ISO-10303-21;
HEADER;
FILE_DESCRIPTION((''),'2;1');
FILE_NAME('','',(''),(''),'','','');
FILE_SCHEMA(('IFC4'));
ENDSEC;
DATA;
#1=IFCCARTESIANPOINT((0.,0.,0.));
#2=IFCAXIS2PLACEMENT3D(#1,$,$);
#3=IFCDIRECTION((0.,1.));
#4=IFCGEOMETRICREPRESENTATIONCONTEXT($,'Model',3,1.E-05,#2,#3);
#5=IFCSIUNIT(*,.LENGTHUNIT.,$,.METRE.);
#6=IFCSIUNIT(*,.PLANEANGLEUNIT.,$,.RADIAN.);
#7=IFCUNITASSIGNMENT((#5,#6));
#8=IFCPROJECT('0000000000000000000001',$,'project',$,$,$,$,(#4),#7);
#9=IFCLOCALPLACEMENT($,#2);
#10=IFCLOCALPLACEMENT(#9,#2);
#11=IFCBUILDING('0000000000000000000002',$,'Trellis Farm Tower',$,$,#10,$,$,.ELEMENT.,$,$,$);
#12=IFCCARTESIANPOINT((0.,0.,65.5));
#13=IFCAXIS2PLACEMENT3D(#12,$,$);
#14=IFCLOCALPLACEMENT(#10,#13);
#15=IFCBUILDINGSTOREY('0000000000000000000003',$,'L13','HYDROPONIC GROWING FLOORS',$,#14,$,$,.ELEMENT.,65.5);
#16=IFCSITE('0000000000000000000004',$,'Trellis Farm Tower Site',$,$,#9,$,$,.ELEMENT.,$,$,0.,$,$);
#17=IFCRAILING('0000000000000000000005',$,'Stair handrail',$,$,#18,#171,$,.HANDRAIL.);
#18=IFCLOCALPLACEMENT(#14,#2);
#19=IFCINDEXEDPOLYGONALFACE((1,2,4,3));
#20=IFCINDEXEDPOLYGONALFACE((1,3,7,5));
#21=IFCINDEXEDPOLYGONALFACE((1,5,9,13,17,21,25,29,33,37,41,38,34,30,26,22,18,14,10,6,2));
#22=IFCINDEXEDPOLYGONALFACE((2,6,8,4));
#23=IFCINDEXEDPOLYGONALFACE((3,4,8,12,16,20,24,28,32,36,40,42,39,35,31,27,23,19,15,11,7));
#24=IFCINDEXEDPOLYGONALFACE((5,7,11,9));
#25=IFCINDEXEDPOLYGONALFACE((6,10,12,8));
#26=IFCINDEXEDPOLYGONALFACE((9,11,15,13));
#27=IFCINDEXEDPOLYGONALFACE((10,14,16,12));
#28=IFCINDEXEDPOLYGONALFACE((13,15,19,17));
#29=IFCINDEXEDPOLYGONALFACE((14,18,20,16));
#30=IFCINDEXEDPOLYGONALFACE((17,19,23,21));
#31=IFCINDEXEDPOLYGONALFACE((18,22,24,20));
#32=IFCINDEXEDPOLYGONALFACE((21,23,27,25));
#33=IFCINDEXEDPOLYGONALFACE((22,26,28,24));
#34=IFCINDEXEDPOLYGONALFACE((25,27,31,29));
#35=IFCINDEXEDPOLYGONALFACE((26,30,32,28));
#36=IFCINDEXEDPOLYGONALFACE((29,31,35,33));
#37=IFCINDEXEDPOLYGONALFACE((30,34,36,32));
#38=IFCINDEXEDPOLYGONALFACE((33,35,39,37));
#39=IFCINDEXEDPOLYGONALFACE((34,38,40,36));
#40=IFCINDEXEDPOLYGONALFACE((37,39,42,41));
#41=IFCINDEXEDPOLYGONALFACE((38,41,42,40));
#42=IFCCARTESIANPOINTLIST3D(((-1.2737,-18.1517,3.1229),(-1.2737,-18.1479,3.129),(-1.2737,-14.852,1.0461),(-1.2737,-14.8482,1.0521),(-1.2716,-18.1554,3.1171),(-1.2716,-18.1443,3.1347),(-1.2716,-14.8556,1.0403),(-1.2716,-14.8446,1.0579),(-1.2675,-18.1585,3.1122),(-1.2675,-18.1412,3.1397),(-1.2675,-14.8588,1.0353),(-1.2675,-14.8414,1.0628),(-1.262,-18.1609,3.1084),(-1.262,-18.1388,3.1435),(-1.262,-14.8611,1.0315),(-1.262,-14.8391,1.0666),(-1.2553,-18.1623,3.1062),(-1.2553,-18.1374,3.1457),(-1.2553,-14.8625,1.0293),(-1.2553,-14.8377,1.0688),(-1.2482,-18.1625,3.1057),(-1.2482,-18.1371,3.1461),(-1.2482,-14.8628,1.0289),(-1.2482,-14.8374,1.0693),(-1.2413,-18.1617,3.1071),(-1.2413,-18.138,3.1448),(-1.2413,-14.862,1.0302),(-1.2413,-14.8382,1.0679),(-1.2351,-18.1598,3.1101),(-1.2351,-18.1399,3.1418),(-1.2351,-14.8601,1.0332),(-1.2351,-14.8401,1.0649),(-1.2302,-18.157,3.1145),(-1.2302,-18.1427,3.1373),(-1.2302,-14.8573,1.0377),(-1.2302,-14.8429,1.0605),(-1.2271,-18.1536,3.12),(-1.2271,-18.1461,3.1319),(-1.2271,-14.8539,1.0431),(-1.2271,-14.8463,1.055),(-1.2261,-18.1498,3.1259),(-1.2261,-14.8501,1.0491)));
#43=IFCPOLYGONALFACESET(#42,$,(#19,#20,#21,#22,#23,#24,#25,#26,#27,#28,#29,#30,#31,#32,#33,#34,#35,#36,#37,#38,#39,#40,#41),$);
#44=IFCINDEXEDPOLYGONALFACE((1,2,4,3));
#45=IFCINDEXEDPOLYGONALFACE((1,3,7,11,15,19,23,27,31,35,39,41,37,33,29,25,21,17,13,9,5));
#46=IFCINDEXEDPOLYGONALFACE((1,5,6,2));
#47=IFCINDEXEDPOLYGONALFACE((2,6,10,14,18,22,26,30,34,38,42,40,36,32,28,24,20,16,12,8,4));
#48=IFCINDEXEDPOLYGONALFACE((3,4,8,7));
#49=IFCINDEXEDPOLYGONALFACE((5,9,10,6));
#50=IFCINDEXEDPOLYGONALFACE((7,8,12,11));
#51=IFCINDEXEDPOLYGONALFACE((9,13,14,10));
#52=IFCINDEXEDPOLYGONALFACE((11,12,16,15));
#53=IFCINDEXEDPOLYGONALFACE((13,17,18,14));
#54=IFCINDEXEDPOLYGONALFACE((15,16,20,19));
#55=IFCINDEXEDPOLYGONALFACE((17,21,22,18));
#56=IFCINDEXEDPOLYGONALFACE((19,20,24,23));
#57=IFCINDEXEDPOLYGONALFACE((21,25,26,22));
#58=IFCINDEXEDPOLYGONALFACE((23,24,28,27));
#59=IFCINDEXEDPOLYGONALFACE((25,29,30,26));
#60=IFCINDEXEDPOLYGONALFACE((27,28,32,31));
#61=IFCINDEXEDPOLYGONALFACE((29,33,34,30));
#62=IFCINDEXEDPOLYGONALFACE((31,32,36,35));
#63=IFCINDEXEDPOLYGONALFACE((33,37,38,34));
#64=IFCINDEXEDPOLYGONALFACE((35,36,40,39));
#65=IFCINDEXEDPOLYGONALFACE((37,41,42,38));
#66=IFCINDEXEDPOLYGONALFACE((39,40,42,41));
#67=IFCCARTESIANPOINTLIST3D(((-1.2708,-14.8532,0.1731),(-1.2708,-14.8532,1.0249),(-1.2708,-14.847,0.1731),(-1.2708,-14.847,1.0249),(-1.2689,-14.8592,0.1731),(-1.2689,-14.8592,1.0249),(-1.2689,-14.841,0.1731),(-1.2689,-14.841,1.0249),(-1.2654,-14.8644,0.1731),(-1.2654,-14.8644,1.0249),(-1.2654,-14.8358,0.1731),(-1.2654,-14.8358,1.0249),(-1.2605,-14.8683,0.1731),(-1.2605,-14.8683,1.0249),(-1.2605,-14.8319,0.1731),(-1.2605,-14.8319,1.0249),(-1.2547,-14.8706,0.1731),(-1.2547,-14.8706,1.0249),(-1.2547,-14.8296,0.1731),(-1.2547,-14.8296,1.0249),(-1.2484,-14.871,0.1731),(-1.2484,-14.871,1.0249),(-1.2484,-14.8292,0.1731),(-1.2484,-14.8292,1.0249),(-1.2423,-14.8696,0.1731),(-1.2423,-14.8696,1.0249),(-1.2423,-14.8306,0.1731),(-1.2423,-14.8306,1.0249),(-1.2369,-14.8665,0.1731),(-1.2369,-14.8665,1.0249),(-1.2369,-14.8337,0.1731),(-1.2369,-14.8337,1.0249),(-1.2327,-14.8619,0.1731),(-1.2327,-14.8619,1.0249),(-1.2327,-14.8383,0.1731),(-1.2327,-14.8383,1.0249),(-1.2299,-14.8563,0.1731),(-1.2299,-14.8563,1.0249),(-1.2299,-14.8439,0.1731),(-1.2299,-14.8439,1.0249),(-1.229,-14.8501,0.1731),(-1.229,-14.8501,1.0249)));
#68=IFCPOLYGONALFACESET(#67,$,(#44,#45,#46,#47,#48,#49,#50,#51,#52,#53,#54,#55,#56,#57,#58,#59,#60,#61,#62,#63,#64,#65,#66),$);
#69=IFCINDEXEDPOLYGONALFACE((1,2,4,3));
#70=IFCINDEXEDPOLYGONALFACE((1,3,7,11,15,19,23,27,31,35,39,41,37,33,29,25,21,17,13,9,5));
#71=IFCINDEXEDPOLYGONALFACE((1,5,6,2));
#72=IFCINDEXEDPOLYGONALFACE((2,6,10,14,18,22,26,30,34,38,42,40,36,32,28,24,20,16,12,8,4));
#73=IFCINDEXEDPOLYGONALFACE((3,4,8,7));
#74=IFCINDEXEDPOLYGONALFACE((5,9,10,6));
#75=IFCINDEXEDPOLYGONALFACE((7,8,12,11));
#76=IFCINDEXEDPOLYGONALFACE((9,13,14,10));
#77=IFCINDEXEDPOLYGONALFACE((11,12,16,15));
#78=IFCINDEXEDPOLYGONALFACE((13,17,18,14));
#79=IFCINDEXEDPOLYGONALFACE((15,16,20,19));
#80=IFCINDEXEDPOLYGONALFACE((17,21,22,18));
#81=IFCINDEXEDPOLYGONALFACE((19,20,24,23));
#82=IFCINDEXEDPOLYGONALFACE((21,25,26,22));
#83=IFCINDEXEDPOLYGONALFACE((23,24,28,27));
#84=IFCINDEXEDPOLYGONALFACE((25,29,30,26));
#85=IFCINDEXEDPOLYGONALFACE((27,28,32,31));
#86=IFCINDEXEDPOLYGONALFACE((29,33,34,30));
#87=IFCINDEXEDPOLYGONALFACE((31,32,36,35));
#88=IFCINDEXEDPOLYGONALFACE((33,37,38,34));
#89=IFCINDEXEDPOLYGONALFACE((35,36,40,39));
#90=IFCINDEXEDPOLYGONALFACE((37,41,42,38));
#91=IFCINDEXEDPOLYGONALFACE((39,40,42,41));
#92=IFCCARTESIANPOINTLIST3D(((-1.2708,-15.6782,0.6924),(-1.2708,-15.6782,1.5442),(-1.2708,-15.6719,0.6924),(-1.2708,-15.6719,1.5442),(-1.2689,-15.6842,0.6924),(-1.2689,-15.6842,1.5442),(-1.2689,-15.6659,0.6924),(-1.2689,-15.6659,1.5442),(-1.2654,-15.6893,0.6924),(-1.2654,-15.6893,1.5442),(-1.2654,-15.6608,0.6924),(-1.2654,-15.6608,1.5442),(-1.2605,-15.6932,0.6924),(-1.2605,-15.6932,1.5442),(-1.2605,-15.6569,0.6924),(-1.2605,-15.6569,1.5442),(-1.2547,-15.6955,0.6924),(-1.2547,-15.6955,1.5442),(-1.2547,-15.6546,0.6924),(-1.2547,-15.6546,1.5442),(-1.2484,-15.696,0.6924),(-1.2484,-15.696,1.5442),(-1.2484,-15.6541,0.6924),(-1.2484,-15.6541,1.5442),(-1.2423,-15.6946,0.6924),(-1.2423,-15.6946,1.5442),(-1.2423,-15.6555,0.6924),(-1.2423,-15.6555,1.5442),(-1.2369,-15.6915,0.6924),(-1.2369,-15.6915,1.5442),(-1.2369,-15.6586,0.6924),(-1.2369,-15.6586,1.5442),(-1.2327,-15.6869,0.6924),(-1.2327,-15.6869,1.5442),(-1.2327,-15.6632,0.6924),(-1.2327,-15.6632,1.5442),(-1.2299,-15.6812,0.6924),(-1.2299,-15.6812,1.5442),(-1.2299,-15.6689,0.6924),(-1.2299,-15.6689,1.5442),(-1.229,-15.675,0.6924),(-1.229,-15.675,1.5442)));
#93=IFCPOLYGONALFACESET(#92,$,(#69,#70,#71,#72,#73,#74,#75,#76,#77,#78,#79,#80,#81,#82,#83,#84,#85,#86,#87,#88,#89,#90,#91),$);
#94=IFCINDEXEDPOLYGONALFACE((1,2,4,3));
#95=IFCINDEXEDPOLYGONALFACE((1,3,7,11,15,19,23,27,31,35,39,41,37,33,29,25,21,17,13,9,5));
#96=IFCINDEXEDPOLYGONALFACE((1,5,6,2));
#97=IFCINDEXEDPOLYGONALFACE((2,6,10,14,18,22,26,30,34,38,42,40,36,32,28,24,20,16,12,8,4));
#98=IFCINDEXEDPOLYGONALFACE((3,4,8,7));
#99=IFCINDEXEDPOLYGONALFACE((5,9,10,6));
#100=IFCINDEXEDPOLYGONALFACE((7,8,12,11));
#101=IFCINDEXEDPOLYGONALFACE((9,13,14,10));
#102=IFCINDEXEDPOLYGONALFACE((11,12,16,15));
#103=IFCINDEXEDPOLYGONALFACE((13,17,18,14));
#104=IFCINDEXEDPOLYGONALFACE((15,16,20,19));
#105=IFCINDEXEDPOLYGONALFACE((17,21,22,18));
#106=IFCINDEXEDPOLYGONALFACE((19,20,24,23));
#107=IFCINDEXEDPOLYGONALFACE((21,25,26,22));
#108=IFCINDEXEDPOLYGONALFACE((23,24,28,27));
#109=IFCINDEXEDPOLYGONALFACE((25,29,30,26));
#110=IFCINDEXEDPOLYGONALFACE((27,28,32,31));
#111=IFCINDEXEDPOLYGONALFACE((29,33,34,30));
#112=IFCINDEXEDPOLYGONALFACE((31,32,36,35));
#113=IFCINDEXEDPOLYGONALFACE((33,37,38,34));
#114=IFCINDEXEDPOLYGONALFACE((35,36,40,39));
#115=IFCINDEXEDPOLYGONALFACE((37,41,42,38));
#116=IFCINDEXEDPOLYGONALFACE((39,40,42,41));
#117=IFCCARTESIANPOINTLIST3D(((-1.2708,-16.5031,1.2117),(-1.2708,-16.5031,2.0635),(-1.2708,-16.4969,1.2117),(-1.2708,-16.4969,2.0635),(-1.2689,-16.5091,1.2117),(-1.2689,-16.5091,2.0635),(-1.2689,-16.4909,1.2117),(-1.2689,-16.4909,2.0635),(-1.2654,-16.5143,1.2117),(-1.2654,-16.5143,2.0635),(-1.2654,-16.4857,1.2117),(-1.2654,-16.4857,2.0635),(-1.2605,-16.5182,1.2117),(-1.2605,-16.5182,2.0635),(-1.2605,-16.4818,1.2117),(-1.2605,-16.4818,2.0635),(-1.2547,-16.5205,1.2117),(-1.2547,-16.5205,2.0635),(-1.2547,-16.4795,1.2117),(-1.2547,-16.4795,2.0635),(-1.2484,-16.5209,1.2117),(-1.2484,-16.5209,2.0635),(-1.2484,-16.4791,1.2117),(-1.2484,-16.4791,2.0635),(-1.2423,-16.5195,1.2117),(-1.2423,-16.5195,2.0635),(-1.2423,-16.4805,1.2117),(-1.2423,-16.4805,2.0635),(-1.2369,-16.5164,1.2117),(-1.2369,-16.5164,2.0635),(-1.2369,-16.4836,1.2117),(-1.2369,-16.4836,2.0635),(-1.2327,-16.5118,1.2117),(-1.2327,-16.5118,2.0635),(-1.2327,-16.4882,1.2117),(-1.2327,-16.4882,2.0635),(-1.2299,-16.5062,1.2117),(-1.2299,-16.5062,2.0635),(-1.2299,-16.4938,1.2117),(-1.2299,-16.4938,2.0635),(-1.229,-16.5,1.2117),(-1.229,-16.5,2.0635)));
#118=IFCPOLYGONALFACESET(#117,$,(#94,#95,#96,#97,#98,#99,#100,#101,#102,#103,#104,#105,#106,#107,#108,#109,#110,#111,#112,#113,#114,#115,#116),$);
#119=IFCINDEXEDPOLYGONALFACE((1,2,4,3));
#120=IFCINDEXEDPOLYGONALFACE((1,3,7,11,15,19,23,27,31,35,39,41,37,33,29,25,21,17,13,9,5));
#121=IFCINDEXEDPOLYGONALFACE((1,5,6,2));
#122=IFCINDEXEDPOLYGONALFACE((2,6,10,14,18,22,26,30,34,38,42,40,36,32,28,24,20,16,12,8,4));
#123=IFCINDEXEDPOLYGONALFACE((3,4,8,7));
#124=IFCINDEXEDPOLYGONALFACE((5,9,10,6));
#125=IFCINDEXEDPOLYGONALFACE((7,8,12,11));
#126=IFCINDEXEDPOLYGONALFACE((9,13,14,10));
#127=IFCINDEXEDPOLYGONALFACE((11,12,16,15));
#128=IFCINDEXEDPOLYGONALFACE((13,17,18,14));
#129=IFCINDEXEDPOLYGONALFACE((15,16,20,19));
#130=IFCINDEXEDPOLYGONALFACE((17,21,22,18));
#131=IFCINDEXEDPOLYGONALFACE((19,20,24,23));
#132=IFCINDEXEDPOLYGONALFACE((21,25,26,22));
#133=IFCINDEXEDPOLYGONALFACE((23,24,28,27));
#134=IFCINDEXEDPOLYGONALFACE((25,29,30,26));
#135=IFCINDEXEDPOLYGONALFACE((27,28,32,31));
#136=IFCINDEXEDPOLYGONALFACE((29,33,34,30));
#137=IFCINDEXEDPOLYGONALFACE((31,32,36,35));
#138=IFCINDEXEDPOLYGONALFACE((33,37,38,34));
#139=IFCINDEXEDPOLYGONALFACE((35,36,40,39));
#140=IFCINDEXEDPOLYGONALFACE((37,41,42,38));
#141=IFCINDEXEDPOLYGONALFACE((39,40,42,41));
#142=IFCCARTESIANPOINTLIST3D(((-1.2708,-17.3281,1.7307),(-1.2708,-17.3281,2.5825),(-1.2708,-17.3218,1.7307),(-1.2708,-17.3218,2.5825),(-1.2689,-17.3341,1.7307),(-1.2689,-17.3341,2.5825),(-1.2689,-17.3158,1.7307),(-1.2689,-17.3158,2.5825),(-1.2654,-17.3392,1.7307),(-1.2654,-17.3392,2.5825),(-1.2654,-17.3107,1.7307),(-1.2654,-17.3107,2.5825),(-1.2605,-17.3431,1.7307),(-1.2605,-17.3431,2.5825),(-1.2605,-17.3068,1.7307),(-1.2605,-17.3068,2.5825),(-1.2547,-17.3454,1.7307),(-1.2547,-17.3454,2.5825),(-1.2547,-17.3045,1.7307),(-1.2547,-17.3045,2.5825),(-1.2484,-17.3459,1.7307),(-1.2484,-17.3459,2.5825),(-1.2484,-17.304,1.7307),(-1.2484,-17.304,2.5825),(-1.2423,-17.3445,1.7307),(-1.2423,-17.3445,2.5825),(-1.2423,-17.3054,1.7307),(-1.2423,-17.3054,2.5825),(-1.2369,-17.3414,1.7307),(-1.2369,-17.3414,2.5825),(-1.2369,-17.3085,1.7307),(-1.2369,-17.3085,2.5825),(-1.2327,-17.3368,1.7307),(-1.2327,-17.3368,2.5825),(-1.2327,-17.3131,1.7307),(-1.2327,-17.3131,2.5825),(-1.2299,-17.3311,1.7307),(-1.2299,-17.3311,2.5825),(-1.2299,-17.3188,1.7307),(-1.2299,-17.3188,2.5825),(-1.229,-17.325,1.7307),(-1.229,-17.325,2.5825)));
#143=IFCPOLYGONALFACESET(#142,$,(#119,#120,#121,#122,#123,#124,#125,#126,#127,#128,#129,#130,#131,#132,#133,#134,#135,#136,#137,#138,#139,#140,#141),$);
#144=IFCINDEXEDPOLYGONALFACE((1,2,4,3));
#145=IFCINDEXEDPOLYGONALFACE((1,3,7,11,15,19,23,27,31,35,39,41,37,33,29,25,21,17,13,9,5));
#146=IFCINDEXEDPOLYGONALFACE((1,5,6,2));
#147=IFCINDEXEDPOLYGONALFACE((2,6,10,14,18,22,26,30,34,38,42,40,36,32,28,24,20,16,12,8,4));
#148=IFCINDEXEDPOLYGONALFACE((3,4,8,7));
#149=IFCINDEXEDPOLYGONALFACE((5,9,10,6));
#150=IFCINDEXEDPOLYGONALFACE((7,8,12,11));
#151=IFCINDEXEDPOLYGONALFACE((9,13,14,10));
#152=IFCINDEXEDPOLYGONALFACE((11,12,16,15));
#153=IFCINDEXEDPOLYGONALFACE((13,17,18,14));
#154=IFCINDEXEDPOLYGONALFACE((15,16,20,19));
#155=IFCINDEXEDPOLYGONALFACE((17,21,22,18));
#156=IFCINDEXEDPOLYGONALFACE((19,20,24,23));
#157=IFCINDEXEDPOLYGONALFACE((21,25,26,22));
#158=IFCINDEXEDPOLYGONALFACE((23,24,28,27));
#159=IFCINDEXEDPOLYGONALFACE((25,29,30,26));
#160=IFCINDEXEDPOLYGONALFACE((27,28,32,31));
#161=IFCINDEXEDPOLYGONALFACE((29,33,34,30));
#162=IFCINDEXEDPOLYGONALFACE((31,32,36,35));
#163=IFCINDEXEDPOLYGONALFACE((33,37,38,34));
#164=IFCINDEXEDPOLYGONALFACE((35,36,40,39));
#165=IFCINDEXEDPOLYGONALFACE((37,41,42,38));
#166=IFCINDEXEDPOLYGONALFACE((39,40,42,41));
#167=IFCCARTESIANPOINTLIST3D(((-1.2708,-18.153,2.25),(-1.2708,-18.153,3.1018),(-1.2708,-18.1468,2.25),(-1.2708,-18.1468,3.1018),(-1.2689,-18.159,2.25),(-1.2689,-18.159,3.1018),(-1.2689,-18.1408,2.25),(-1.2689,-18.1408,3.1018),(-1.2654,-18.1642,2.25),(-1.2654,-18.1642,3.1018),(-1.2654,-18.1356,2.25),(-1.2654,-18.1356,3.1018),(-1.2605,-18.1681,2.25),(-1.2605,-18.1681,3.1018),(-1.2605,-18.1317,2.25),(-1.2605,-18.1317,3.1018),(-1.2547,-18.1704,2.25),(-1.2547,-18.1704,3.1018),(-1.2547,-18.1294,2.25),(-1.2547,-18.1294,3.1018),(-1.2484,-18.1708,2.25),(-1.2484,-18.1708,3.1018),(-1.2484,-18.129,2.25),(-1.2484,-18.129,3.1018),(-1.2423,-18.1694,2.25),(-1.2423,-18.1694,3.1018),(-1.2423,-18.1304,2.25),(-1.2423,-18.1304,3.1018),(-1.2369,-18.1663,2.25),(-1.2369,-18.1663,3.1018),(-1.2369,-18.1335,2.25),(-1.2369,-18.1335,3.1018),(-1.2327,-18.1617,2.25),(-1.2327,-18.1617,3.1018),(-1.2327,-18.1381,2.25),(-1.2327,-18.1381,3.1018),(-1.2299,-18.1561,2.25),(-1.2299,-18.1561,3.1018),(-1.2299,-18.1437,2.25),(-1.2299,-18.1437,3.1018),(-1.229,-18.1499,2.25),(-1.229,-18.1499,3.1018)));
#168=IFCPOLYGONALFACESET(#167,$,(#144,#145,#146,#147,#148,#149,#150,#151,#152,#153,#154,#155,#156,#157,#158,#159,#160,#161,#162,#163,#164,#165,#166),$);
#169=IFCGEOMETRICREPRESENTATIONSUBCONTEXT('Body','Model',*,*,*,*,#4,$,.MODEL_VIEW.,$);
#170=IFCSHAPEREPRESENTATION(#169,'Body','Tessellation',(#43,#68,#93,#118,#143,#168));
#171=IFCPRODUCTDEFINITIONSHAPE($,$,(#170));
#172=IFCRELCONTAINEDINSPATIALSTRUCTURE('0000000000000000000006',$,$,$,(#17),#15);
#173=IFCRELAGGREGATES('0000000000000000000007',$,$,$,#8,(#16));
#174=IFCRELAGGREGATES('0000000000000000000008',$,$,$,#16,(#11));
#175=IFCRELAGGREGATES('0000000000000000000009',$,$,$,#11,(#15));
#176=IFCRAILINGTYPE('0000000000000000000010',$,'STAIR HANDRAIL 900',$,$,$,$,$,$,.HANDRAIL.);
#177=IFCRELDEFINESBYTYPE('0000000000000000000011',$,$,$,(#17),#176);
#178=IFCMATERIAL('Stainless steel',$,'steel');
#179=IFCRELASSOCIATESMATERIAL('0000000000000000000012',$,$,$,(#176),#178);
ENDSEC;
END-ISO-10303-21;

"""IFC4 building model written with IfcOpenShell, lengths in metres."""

from ifc_helpers import new_model, si_unit, direction, frame, origin, origin_2d, place, context, subcontext, project, spatial, circle, extrude, source, transform, mapped, material, type_object, element, save


model = new_model("IFC4")

# Units and contexts
model_context = context("Model", 3, precision=1e-05, world=origin(), true_north=direction((0.0, 1.0)))
body_context = subcontext(model_context, "Body", "Model", "MODEL_VIEW")
ifc_project = project(units=[si_unit("LENGTHUNIT", "METRE"), si_unit("PLANEANGLEUNIT", "RADIAN")], contexts=[model_context])

# Site, building, storey
site_placement = place(None, origin())
site = spatial("IfcSite", under=ifc_project, at=site_placement, Name="Trellis Farm Tower Site", CompositionType="ELEMENT", RefElevation=0.0)
building_placement = place(site_placement, origin())
building = spatial("IfcBuilding", under=site, at=building_placement, Name="Trellis Farm Tower", CompositionType="ELEMENT")
storey_placement = place(building_placement, frame((0.0, 0.0, 65.5)))
storey = spatial("IfcBuildingStorey", under=building, at=storey_placement, Name="L13", Description="HYDROPONIC GROWING FLOORS", CompositionType="ELEMENT", Elevation=65.5)

# Railing
ifc_material_1 = material(Name="Stainless steel", Category="steel")
railing_type = type_object("IfcRailingType", Name="STAIR HANDRAIL 900", PredefinedType="HANDRAIL", material=ifc_material_1)
shared_shape_1 = source(origin(), body_context, "Body", "SweptSolid", [
    extrude(circle(Radius=0.0239, at=origin_2d()), frame((0.0, 0.0, 0.876), z_axis=(0.0, -0.84632, 0.532675), x_axis=(1.0, 0.0, 0.0)), (0.0, 0.0, 1.0), 3.8989),
    extrude(circle(Radius=0.021, at=origin_2d()), origin(), (0.0, 0.0, 1.0), 0.8518),
    extrude(circle(Radius=0.021, at=origin_2d()), frame((0.0, -0.825, 0.5193)), (0.0, 0.0, 1.0), 0.8518),
    extrude(circle(Radius=0.021, at=origin_2d()), frame((0.0, -1.6499, 1.0386)), (0.0, 0.0, 1.0), 0.8518),
    extrude(circle(Radius=0.021, at=origin_2d()), frame((0.0, -2.4749, 1.5576)), (0.0, 0.0, 1.0), 0.8518),
    extrude(circle(Radius=0.021, at=origin_2d()), frame((0.0, -3.2998, 2.0769)), (0.0, 0.0, 1.0), 0.8518),
])
railing_placement = place(storey_placement, frame((-1.25, -14.8501, 0.1731)))
element("IfcRailing", 1, at=railing_placement, inside=storey, type_object=railing_type, Name="Stair handrail", PredefinedType="HANDRAIL", context=body_context, shape_type="MappedRepresentation", body=[
    mapped(shared_shape_1, transform((0.0, 0.0, 0.0))),
])

save(model, "model.ifc")
